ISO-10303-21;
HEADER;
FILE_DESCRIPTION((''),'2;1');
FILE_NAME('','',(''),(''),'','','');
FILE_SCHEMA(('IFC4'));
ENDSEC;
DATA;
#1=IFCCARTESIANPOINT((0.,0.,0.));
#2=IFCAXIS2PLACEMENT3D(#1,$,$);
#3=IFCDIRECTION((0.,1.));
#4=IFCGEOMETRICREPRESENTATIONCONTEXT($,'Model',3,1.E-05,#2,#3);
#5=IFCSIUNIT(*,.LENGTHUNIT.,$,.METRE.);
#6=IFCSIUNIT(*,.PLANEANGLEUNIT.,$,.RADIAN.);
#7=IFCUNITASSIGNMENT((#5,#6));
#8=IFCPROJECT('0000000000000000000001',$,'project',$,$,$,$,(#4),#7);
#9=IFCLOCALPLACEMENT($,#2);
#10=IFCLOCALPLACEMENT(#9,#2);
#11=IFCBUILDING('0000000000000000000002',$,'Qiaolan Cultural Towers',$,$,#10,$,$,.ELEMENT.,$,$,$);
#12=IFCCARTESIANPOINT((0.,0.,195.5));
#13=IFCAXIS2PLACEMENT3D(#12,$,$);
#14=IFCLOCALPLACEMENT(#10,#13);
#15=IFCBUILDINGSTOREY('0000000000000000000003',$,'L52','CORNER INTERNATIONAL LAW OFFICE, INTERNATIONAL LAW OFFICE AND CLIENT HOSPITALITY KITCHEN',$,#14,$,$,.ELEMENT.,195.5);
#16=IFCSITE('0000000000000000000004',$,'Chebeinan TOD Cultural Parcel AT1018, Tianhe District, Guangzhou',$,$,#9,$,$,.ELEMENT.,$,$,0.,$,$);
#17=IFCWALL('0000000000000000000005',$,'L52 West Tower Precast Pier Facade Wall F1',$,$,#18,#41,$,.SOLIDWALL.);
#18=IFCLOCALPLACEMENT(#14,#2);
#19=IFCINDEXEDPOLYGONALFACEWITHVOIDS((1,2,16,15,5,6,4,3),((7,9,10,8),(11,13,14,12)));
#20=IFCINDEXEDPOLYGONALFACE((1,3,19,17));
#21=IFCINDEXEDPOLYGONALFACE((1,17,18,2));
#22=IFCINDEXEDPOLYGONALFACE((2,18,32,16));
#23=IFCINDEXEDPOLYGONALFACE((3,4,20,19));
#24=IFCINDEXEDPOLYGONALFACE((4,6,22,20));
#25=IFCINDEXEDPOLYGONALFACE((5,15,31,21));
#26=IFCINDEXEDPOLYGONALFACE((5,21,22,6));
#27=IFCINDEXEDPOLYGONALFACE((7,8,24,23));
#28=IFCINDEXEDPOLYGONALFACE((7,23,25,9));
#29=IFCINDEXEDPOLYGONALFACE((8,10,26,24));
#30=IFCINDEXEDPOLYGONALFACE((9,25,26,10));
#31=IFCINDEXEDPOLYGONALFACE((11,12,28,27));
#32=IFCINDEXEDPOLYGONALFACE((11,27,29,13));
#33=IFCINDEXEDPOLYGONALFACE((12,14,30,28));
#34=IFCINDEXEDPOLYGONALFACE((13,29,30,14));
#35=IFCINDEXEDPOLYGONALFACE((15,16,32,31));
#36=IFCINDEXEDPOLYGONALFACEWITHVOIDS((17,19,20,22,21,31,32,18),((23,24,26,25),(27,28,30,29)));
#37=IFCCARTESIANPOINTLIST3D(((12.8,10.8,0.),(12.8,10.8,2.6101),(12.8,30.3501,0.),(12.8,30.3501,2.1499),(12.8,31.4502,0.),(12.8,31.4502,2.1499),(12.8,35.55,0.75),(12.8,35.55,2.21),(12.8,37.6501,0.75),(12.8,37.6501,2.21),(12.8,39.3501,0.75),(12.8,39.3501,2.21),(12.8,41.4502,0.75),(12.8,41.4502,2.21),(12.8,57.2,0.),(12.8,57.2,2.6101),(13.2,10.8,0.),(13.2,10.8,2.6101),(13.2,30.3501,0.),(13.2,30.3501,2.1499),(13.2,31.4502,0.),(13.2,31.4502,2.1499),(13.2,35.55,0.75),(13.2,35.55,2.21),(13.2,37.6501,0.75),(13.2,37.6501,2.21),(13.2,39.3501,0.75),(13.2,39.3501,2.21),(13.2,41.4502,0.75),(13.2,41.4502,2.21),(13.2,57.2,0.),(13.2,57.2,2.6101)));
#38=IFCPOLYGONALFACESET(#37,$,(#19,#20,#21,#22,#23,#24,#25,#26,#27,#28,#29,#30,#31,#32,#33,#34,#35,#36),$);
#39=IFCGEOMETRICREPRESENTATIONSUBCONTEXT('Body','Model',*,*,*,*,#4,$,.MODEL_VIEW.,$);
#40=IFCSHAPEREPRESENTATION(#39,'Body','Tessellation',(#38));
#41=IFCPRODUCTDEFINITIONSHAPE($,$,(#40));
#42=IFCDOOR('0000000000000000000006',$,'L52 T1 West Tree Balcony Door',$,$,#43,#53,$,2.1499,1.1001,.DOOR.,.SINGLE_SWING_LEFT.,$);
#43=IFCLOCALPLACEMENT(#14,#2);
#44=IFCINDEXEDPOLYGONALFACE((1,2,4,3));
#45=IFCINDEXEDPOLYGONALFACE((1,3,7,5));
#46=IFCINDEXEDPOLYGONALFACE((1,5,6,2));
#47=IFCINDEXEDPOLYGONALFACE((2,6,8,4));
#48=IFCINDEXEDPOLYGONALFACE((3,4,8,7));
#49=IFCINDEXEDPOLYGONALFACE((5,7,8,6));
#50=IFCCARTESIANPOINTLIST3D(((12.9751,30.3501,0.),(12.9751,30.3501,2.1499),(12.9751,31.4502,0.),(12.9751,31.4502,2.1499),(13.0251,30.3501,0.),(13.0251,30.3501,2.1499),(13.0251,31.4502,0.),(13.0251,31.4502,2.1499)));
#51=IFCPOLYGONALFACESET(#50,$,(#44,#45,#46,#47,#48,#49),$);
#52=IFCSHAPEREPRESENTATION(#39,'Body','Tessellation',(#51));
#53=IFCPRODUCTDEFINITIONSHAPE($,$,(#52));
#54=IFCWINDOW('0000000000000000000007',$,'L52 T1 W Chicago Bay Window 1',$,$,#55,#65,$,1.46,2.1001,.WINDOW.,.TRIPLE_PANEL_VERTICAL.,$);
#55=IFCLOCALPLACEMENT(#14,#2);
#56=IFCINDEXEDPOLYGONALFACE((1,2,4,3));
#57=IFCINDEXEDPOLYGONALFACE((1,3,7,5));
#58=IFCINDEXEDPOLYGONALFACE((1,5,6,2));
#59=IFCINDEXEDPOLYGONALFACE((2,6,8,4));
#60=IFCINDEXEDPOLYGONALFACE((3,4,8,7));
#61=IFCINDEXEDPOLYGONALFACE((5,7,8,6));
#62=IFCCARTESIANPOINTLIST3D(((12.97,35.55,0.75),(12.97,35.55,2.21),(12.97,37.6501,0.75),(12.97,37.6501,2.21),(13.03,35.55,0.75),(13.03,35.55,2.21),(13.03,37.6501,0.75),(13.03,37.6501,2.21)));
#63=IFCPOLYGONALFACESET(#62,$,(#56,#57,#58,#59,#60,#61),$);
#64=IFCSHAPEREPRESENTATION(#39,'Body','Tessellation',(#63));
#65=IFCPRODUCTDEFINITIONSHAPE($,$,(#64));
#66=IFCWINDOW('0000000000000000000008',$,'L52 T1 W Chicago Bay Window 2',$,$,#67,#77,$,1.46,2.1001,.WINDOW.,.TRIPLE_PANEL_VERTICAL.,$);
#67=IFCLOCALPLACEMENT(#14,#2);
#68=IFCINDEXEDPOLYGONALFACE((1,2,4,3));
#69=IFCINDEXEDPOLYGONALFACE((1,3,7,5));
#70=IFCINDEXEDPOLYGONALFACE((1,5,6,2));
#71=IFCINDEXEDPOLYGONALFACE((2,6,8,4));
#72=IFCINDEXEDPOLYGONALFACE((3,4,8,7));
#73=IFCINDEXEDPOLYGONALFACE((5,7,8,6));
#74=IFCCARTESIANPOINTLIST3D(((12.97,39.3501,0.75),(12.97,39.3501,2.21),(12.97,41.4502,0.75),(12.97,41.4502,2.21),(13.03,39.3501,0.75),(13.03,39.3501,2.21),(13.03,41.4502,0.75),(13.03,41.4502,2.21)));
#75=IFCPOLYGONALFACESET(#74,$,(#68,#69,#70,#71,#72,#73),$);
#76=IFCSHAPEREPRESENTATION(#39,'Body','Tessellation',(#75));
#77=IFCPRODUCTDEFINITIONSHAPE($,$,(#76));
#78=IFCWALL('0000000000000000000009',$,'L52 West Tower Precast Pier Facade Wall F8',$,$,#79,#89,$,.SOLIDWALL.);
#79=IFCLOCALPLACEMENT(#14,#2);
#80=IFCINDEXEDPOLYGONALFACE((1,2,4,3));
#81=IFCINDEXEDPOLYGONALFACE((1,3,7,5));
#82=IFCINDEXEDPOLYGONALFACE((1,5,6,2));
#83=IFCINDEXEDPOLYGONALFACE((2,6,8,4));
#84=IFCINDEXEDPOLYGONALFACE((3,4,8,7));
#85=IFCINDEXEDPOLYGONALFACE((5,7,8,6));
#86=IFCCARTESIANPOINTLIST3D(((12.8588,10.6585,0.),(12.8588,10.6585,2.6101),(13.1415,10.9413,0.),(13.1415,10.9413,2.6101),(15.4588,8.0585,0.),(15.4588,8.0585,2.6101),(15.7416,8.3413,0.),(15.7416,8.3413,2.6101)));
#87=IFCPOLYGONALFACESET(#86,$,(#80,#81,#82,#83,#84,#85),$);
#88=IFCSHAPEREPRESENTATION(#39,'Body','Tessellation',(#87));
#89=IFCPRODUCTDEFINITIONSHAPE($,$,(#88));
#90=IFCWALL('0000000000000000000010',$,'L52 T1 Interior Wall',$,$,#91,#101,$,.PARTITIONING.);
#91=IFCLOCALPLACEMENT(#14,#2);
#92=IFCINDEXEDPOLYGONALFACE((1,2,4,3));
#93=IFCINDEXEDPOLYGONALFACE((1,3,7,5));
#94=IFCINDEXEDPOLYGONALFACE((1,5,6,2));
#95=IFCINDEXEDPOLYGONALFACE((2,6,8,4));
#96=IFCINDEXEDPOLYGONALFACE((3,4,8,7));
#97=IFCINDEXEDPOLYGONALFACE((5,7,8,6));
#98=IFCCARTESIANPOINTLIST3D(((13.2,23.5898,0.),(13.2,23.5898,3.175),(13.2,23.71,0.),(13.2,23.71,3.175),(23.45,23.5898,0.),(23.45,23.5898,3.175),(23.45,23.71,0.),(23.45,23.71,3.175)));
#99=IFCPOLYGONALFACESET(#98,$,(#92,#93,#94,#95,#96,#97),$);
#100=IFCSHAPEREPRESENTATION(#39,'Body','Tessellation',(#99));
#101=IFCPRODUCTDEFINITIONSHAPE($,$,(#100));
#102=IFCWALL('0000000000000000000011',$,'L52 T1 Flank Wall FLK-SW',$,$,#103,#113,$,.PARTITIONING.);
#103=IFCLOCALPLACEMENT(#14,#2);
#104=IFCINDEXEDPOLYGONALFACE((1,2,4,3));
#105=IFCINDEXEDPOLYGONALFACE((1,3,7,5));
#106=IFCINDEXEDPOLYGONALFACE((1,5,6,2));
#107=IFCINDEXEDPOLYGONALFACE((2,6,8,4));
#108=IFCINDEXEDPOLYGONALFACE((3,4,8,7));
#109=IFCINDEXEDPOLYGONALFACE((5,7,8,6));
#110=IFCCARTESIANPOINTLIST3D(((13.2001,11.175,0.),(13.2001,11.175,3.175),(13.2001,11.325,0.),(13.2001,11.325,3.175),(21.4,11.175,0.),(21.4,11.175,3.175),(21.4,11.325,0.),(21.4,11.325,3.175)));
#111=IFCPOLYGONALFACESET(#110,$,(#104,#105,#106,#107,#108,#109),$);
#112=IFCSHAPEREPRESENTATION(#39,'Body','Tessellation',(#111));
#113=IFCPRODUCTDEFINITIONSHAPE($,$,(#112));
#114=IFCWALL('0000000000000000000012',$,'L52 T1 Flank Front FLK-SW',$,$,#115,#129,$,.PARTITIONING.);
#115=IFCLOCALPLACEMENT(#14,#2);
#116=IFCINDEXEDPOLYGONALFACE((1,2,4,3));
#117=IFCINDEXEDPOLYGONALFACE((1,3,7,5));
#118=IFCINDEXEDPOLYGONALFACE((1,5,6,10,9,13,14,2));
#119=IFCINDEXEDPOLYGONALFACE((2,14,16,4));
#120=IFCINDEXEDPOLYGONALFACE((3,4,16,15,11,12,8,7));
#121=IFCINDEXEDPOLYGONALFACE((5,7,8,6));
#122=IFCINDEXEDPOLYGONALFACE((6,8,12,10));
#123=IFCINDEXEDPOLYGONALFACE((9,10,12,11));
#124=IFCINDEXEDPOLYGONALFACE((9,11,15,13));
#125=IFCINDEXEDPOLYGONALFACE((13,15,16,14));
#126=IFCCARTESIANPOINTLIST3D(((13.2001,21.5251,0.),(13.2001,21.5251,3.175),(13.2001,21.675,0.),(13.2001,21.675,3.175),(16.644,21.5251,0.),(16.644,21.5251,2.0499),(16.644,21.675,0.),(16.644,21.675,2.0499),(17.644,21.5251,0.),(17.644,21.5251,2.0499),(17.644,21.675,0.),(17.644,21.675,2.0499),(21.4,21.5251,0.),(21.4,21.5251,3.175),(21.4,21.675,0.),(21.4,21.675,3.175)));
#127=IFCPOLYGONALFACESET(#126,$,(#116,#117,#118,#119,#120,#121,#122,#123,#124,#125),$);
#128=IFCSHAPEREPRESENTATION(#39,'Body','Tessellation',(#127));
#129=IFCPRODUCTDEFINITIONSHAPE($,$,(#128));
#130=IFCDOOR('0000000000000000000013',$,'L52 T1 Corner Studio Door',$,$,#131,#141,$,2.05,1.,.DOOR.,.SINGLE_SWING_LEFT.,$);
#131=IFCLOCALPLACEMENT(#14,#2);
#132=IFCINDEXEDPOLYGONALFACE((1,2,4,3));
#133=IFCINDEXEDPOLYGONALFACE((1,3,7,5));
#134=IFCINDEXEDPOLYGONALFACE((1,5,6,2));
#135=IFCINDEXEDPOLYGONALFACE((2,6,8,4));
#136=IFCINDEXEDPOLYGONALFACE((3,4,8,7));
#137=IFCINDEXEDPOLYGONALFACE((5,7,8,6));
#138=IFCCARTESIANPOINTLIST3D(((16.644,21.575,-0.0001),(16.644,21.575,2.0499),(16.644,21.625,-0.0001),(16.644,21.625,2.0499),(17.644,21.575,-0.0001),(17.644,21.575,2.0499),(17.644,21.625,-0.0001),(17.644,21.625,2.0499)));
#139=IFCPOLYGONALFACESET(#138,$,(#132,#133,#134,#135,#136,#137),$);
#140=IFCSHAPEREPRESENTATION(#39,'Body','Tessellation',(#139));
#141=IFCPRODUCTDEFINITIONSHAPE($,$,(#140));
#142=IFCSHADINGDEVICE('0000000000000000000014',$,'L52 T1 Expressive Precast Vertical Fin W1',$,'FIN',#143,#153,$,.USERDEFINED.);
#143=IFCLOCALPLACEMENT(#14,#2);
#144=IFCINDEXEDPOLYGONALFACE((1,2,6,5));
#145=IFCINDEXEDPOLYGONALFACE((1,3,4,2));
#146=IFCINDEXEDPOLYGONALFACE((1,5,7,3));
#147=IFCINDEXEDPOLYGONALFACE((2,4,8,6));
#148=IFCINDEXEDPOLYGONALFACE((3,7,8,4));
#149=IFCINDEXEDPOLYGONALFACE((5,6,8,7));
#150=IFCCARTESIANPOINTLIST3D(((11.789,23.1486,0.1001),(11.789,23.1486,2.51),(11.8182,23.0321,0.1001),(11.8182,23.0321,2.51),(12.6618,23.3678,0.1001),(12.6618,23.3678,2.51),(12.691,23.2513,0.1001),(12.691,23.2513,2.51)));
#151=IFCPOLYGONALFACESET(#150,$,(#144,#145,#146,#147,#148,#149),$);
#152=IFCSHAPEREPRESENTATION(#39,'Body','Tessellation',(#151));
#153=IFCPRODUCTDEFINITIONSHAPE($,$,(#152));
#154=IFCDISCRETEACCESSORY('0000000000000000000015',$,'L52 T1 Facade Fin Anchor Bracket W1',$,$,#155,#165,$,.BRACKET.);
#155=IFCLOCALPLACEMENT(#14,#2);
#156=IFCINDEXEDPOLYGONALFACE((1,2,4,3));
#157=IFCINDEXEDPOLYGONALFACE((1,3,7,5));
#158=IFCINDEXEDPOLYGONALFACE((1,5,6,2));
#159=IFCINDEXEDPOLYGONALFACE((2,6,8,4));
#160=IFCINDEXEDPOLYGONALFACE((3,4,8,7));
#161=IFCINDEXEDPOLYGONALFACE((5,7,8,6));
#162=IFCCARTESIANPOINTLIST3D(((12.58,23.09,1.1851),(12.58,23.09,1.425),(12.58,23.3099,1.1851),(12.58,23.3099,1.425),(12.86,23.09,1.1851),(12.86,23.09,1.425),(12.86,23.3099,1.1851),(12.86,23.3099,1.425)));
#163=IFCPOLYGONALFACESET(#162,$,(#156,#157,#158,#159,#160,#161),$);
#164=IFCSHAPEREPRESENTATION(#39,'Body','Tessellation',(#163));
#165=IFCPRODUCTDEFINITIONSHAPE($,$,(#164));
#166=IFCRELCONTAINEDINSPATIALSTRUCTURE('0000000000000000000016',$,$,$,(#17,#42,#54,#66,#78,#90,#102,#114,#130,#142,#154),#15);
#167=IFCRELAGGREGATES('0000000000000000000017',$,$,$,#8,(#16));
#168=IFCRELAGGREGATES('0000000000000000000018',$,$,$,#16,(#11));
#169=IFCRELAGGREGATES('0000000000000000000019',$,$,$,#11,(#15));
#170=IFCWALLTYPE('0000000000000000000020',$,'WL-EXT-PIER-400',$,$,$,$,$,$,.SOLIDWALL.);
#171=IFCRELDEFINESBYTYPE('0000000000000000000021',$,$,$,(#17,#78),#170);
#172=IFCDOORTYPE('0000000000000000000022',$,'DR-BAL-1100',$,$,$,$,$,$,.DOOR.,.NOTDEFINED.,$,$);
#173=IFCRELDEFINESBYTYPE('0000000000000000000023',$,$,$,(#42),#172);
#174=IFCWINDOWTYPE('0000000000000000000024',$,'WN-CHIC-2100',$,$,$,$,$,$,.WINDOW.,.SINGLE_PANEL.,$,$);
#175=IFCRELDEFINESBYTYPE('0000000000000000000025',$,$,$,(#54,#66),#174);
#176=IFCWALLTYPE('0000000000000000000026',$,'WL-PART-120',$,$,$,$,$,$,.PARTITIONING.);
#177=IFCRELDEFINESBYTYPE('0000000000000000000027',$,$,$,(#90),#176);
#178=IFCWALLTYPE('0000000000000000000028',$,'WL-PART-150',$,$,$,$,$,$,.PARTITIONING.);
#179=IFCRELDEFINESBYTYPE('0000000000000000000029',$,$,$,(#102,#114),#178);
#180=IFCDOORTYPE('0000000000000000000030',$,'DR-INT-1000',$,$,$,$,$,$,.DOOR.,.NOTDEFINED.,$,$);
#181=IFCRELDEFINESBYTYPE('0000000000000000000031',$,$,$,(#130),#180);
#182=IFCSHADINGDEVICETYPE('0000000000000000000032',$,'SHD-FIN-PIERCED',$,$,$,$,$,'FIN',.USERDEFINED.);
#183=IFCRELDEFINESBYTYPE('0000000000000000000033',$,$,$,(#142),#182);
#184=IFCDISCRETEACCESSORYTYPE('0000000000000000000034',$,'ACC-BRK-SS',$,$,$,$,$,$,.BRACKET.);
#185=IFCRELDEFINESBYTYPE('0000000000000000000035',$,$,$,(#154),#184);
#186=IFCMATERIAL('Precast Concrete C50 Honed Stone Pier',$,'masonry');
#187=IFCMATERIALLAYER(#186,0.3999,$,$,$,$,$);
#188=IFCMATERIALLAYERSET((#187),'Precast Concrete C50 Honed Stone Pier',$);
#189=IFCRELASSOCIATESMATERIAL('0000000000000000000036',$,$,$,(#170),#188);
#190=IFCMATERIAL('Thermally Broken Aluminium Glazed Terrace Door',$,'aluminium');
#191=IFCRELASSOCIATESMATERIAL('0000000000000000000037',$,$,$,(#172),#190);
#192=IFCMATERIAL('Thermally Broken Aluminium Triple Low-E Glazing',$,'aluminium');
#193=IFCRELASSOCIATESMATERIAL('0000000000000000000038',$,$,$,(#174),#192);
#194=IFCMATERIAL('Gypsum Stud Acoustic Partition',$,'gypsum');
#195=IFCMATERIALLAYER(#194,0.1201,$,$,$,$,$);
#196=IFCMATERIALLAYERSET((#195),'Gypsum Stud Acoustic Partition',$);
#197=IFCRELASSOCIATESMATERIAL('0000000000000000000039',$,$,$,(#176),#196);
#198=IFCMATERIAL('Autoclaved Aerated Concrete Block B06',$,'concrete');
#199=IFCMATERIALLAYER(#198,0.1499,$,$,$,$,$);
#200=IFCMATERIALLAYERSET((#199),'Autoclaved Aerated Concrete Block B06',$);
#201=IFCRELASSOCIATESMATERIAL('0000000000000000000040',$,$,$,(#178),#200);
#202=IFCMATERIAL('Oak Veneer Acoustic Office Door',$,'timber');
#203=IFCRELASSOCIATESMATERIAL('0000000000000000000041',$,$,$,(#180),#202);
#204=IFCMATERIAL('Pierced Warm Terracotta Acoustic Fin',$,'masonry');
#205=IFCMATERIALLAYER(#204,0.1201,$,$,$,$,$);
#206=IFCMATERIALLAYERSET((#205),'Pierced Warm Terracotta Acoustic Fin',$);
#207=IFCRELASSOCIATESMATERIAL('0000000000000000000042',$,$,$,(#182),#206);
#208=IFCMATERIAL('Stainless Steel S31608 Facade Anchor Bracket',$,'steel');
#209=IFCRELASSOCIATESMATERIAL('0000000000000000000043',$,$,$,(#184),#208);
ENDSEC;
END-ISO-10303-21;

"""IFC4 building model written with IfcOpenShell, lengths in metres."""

from ifc_helpers import new_model, si_unit, direction, frame, frame_2d, origin, origin_2d, place, context, subcontext, project, spatial, rectangle, extrude, material, layer, layer_set, type_object, element, fill, save


model = new_model("IFC4")

# Units and contexts
model_context = context("Model", 3, precision=1e-05, world=origin(), true_north=direction((0.0, 1.0)))
body_context = subcontext(model_context, "Body", "Model", "MODEL_VIEW")
ifc_project = project(units=[si_unit("LENGTHUNIT", "METRE"), si_unit("PLANEANGLEUNIT", "RADIAN")], contexts=[model_context])

# Site, building, storey
site_placement = place(None, origin())
site = spatial("IfcSite", under=ifc_project, at=site_placement, Name="Chebeinan TOD Cultural Parcel AT1018, Tianhe District, Guangzhou", CompositionType="ELEMENT", RefElevation=0.0)
building_placement = place(site_placement, origin())
building = spatial("IfcBuilding", under=site, at=building_placement, Name="Qiaolan Cultural Towers", CompositionType="ELEMENT")
storey_placement = place(building_placement, frame((0.0, 0.0, 195.5)))
storey = spatial("IfcBuildingStorey", under=building, at=storey_placement, Name="L52", Description="CORNER INTERNATIONAL LAW OFFICE, INTERNATIONAL LAW OFFICE AND CLIENT HOSPITALITY KITCHEN", CompositionType="ELEMENT", Elevation=195.5)

# Wall, openings, door, windows
ifc_material_1 = material(Name="Precast Concrete C50 Honed Stone Pier", Category="masonry")
ifc_layer_1 = layer(ifc_material_1, 0.3999)
ifc_layer_set_1 = layer_set([ifc_layer_1], Name="Precast Concrete C50 Honed Stone Pier")
wall_type_1 = type_object("IfcWallType", Name="WL-EXT-PIER-400", PredefinedType="SOLIDWALL", material=ifc_layer_set_1)
wall_1_placement = place(storey_placement, frame((13.0, 10.8, 0.0), z_axis=(0.0, 0.0, 1.0), x_axis=(0.0, 1.0, 0.0)))
wall_1 = element("IfcWall", 1, at=wall_1_placement, inside=storey, type_object=wall_type_1, Name="L52 West Tower Precast Pier Facade Wall F1", PredefinedType="SOLIDWALL", context=body_context, shape_type="SweptSolid", body=[
    extrude(rectangle(XDim=46.3999, YDim=0.3999, at=frame_2d((23.2, 0.0))), origin(), (0.0, 0.0, 1.0), 2.6101),
])
opening_1_placement = place(wall_1_placement, frame((24.75, 0.0, 0.75)))
opening_1 = element("IfcOpeningElement", 2, at=opening_1_placement, cuts=wall_1, PredefinedType="OPENING", context=body_context, shape_type="SweptSolid", body=[
    extrude(rectangle(XDim=2.1001, YDim=1.46, at=frame_2d((1.05, 0.73))), frame((0.0, 0.21, 0.0), z_axis=(0.0, -1.0, 0.0), x_axis=(1.0, 0.0, 0.0)), (0.0, 0.0, 1.0), 0.4199),
])
opening_2_placement = place(wall_1_placement, frame((28.55, 0.0, 0.75)))
opening_2 = element("IfcOpeningElement", 3, at=opening_2_placement, cuts=wall_1, PredefinedType="OPENING", context=body_context, shape_type="SweptSolid", body=[
    extrude(rectangle(XDim=2.1001, YDim=1.46, at=frame_2d((1.05, 0.73))), frame((0.0, 0.21, 0.0), z_axis=(0.0, -1.0, 0.0), x_axis=(1.0, 0.0, 0.0)), (0.0, 0.0, 1.0), 0.4199),
])
opening_3_placement = place(wall_1_placement, frame((19.55, 0.0, 0.0)))
opening_3 = element("IfcOpeningElement", 4, at=opening_3_placement, cuts=wall_1, PredefinedType="OPENING", context=body_context, shape_type="SweptSolid", body=[
    extrude(rectangle(XDim=1.1001, YDim=2.1499, at=frame_2d((0.55, 1.075))), frame((0.0, 0.21, 0.0), z_axis=(0.0, -1.0, 0.0), x_axis=(1.0, 0.0, 0.0)), (0.0, 0.0, 1.0), 0.4199),
])
ifc_material_2 = material(Name="Thermally Broken Aluminium Glazed Terrace Door", Category="aluminium")
door_type_1 = type_object("IfcDoorType", Name="DR-BAL-1100", OperationType="NOTDEFINED", PredefinedType="DOOR", material=ifc_material_2)
door_1_placement = place(opening_3_placement, origin())
door_1 = element("IfcDoor", 5, at=door_1_placement, inside=storey, type_object=door_type_1, Name="L52 T1 West Tree Balcony Door", OperationType="SINGLE_SWING_LEFT", OverallHeight=2.1499, OverallWidth=1.1001, PredefinedType="DOOR", context=body_context, shape_type="SweptSolid", body=[
    extrude(rectangle(XDim=1.1001, YDim=2.1499, at=frame_2d((0.55, 1.075))), frame((0.0, 0.0249, 0.0), z_axis=(0.0, -1.0, 0.0), x_axis=(1.0, 0.0, 0.0)), (0.0, 0.0, 1.0), 0.05),
])
fill(opening_3, door_1)
ifc_material_3 = material(Name="Thermally Broken Aluminium Triple Low-E Glazing", Category="aluminium")
window_type = type_object("IfcWindowType", Name="WN-CHIC-2100", PartitioningType="SINGLE_PANEL", PredefinedType="WINDOW", material=ifc_material_3)
window_1_placement = place(opening_1_placement, origin())
window_1 = element("IfcWindow", 6, at=window_1_placement, inside=storey, type_object=window_type, Name="L52 T1 W Chicago Bay Window 1", OverallHeight=1.46, OverallWidth=2.1001, PartitioningType="TRIPLE_PANEL_VERTICAL", PredefinedType="WINDOW", context=body_context, shape_type="SweptSolid", body=[
    extrude(rectangle(XDim=2.1001, YDim=1.46, at=frame_2d((1.05, 0.73))), frame((0.0, 0.03, 0.0), z_axis=(0.0, -1.0, 0.0), x_axis=(1.0, 0.0, 0.0)), (0.0, 0.0, 1.0), 0.0601),
])
fill(opening_1, window_1)
window_2_placement = place(opening_2_placement, origin())
window_2 = element("IfcWindow", 7, at=window_2_placement, inside=storey, type_object=window_type, Name="L52 T1 W Chicago Bay Window 2", OverallHeight=1.46, OverallWidth=2.1001, PartitioningType="TRIPLE_PANEL_VERTICAL", PredefinedType="WINDOW", context=body_context, shape_type="SweptSolid", body=[
    extrude(rectangle(XDim=2.1001, YDim=1.46, at=frame_2d((1.05, 0.73))), frame((0.0, 0.03, 0.0), z_axis=(0.0, -1.0, 0.0), x_axis=(1.0, 0.0, 0.0)), (0.0, 0.0, 1.0), 0.0601),
])
fill(opening_2, window_2)

# Walls
wall_2_placement = place(storey_placement, frame((15.6001, 8.2, 0.0), z_axis=(0.0, 0.0, 1.0), x_axis=(-0.707107, 0.707107, 0.0)))
element("IfcWall", 8, at=wall_2_placement, inside=storey, type_object=wall_type_1, Name="L52 West Tower Precast Pier Facade Wall F8", PredefinedType="SOLIDWALL", context=body_context, shape_type="SweptSolid", body=[
    extrude(rectangle(XDim=3.677, YDim=0.3999, at=frame_2d((1.8384, 0.0))), origin(), (0.0, 0.0, 1.0), 2.6101),
])
ifc_material_4 = material(Name="Gypsum Stud Acoustic Partition", Category="gypsum")
ifc_layer_2 = layer(ifc_material_4, 0.1201)
ifc_layer_set_2 = layer_set([ifc_layer_2], Name="Gypsum Stud Acoustic Partition")
wall_type_2 = type_object("IfcWallType", Name="WL-PART-120", PredefinedType="PARTITIONING", material=ifc_layer_set_2)
wall_3_placement = place(storey_placement, frame((13.2, 23.6499, 0.0), z_axis=(0.0, 0.0, 1.0), x_axis=(1.0, 0.0, 0.0)))
element("IfcWall", 9, at=wall_3_placement, inside=storey, type_object=wall_type_2, Name="L52 T1 Interior Wall", PredefinedType="PARTITIONING", context=body_context, shape_type="SweptSolid", body=[
    extrude(rectangle(XDim=10.25, YDim=0.1201, at=frame_2d((5.125, 0.0))), origin(), (0.0, 0.0, 1.0), 3.175),
])
ifc_material_5 = material(Name="Autoclaved Aerated Concrete Block B06", Category="concrete")
ifc_layer_3 = layer(ifc_material_5, 0.1499)
ifc_layer_set_3 = layer_set([ifc_layer_3], Name="Autoclaved Aerated Concrete Block B06")
wall_type_3 = type_object("IfcWallType", Name="WL-PART-150", PredefinedType="PARTITIONING", material=ifc_layer_set_3)
wall_4_placement = place(storey_placement, frame((13.2, 11.25, 0.0), z_axis=(0.0, 0.0, 1.0), x_axis=(1.0, 0.0, 0.0)))
element("IfcWall", 10, at=wall_4_placement, inside=storey, type_object=wall_type_3, Name="L52 T1 Flank Wall FLK-SW", PredefinedType="PARTITIONING", context=body_context, shape_type="SweptSolid", body=[
    extrude(rectangle(XDim=8.2, YDim=0.1499, at=frame_2d((4.1001, 0.0))), origin(), (0.0, 0.0, 1.0), 3.175),
])

# Wall, opening, door
wall_5_placement = place(storey_placement, frame((13.2, 21.6001, 0.0), z_axis=(0.0, 0.0, 1.0), x_axis=(1.0, 0.0, 0.0)))
wall_5 = element("IfcWall", 11, at=wall_5_placement, inside=storey, type_object=wall_type_3, Name="L52 T1 Flank Front FLK-SW", PredefinedType="PARTITIONING", context=body_context, shape_type="SweptSolid", body=[
    extrude(rectangle(XDim=8.2, YDim=0.1499, at=frame_2d((4.1001, 0.0))), origin(), (0.0, 0.0, 1.0), 3.175),
])
opening_4_placement = place(wall_5_placement, frame((3.4441, 0.0, 0.0)))
opening_4 = element("IfcOpeningElement", 12, at=opening_4_placement, cuts=wall_5, PredefinedType="OPENING", context=body_context, shape_type="SweptSolid", body=[
    extrude(rectangle(XDim=1.0, YDim=2.05, at=frame_2d((0.5, 1.0249))), frame((0.0, 0.085, 0.0), z_axis=(0.0, -1.0, 0.0), x_axis=(1.0, 0.0, 0.0)), (0.0, 0.0, 1.0), 0.1699),
])
ifc_material_6 = material(Name="Oak Veneer Acoustic Office Door", Category="timber")
door_type_2 = type_object("IfcDoorType", Name="DR-INT-1000", OperationType="NOTDEFINED", PredefinedType="DOOR", material=ifc_material_6)
door_2_placement = place(opening_4_placement, origin())
door_2 = element("IfcDoor", 13, at=door_2_placement, inside=storey, type_object=door_type_2, Name="L52 T1 Corner Studio Door", OperationType="SINGLE_SWING_LEFT", OverallHeight=2.05, OverallWidth=1.0, PredefinedType="DOOR", context=body_context, shape_type="SweptSolid", body=[
    extrude(rectangle(XDim=1.0, YDim=2.05, at=frame_2d((0.5, 1.0249))), frame((0.0, 0.0249, 0.0), z_axis=(0.0, -1.0, 0.0), x_axis=(1.0, 0.0, 0.0)), (0.0, 0.0, 1.0), 0.05),
])
fill(opening_4, door_2)

# Shading device
ifc_material_7 = material(Name="Pierced Warm Terracotta Acoustic Fin", Category="masonry")
ifc_layer_4 = layer(ifc_material_7, 0.1201)
ifc_layer_set_4 = layer_set([ifc_layer_4], Name="Pierced Warm Terracotta Acoustic Fin")
shading_device_type = type_object("IfcShadingDeviceType", Name="SHD-FIN-PIERCED", ElementType="FIN", PredefinedType="USERDEFINED", material=ifc_layer_set_4)
shading_device_placement = place(storey_placement, frame((12.24, 23.2, 0.1001), z_axis=(0.0, 0.0, 1.0), x_axis=(0.969892, 0.243537, 0.0)))
element("IfcShadingDevice", 14, at=shading_device_placement, inside=storey, type_object=shading_device_type, Name="L52 T1 Expressive Precast Vertical Fin W1", ObjectType="FIN", PredefinedType="USERDEFINED", context=body_context, shape_type="SweptSolid", body=[
    extrude(rectangle(XDim=0.8999, YDim=0.1201, at=origin_2d()), origin(), (0.0, 0.0, 1.0), 2.4099),
])

# Discrete accessory
ifc_material_8 = material(Name="Stainless Steel S31608 Facade Anchor Bracket", Category="steel")
discrete_accessory_type = type_object("IfcDiscreteAccessoryType", Name="ACC-BRK-SS", PredefinedType="BRACKET", material=ifc_material_8)
discrete_accessory_placement = place(storey_placement, frame((12.72, 23.2, 1.1851), z_axis=(0.0, 0.0, 1.0), x_axis=(1.0, 0.0, 0.0)))
element("IfcDiscreteAccessory", 15, at=discrete_accessory_placement, inside=storey, type_object=discrete_accessory_type, Name="L52 T1 Facade Fin Anchor Bracket W1", PredefinedType="BRACKET", context=body_context, shape_type="SweptSolid", body=[
    extrude(rectangle(XDim=0.28, YDim=0.22, at=origin_2d()), origin(), (0.0, 0.0, 1.0), 0.24),
])

save(model, "model.ifc")
